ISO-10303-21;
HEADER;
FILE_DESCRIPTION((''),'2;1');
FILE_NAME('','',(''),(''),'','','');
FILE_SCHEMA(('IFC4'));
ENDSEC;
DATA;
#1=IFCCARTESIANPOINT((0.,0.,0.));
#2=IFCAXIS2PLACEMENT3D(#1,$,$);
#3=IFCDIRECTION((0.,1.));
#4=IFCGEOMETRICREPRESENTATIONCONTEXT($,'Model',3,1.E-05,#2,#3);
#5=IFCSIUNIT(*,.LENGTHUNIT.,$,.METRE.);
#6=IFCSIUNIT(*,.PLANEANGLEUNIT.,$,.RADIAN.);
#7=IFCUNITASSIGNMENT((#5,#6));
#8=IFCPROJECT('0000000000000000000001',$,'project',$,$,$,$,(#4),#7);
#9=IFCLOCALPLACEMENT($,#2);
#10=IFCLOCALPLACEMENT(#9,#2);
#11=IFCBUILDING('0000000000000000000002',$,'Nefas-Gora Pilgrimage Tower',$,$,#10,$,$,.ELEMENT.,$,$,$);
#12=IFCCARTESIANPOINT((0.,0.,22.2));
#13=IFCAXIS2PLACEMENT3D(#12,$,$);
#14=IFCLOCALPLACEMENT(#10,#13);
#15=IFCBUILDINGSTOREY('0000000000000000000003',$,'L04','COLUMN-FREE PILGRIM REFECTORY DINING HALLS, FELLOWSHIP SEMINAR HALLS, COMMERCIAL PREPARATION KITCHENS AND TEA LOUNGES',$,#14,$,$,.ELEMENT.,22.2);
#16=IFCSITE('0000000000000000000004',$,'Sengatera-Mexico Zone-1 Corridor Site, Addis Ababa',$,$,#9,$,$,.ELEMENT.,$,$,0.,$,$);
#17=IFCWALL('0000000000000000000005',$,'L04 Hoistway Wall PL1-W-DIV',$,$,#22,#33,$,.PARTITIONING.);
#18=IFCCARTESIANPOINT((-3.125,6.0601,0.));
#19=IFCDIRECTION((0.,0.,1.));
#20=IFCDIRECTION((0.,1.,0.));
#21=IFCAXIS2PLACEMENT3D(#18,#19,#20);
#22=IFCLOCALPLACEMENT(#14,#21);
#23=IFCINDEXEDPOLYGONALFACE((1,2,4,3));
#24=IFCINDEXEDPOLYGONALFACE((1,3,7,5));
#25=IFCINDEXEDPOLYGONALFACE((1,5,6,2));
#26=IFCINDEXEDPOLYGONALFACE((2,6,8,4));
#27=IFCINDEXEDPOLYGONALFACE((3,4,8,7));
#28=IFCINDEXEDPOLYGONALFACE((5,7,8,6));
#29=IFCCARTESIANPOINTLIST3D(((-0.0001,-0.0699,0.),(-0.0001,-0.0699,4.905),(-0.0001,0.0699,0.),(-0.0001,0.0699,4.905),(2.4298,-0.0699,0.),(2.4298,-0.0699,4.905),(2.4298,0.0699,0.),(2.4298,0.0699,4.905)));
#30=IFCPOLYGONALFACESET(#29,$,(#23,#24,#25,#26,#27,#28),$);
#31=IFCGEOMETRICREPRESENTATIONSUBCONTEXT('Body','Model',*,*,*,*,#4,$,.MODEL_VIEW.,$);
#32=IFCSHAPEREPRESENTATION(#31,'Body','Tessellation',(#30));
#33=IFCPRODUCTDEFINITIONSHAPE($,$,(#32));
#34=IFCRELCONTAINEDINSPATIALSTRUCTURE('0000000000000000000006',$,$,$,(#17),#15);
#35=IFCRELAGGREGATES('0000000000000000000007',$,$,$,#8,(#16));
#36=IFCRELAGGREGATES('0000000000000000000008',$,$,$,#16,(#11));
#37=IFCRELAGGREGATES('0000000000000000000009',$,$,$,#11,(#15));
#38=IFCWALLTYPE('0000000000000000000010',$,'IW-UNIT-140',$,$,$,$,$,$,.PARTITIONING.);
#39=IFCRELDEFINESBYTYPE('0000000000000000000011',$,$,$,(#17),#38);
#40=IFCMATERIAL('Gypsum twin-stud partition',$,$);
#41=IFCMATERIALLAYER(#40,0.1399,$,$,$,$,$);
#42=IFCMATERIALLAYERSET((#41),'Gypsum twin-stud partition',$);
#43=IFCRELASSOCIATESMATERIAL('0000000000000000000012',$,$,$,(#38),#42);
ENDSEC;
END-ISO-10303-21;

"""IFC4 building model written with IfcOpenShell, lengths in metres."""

from ifc_helpers import new_model, si_unit, direction, frame, frame_2d, origin, place, context, subcontext, project, spatial, rectangle, extrude, source, transform, mapped, material, layer, layer_set, type_object, element, save


model = new_model("IFC4")

# Units and contexts
model_context = context("Model", 3, precision=1e-05, world=origin(), true_north=direction((0.0, 1.0)))
body_context = subcontext(model_context, "Body", "Model", "MODEL_VIEW")
ifc_project = project(units=[si_unit("LENGTHUNIT", "METRE"), si_unit("PLANEANGLEUNIT", "RADIAN")], contexts=[model_context])

# Site, building, storey
site_placement = place(None, origin())
site = spatial("IfcSite", under=ifc_project, at=site_placement, Name="Sengatera-Mexico Zone-1 Corridor Site, Addis Ababa", CompositionType="ELEMENT", RefElevation=0.0)
building_placement = place(site_placement, origin())
building = spatial("IfcBuilding", under=site, at=building_placement, Name="Nefas-Gora Pilgrimage Tower", CompositionType="ELEMENT")
storey_placement = place(building_placement, frame((0.0, 0.0, 22.2)))
storey = spatial("IfcBuildingStorey", under=building, at=storey_placement, Name="L04", Description="COLUMN-FREE PILGRIM REFECTORY DINING HALLS, FELLOWSHIP SEMINAR HALLS, COMMERCIAL PREPARATION KITCHENS AND TEA LOUNGES", CompositionType="ELEMENT", Elevation=22.2)

# Wall
ifc_material_1 = material(Name="Gypsum twin-stud partition")
ifc_layer_1 = layer(ifc_material_1, 0.1399)
ifc_layer_set_1 = layer_set([ifc_layer_1], Name="Gypsum twin-stud partition")
wall_type_1 = type_object("IfcWallType", Name="IW-UNIT-140", PredefinedType="PARTITIONING", material=ifc_layer_set_1)
shared_shape_1 = source(origin(), body_context, "Body", "SweptSolid", [
    extrude(rectangle(XDim=2.4299, YDim=0.1399, at=frame_2d((1.2148, 0.0))), origin(), (0.0, 0.0, 1.0), 4.905),
])
wall_1_placement = place(storey_placement, frame((-3.125, 6.0601, 0.0), z_axis=(0.0, 0.0, 1.0), x_axis=(0.0, 1.0, 0.0)))
element("IfcWall", 1, at=wall_1_placement, inside=storey, type_object=wall_type_1, Name="L04 Hoistway Wall PL1-W-DIV", PredefinedType="PARTITIONING", context=body_context, shape_type="MappedRepresentation", body=[
    mapped(shared_shape_1, transform((0.0, 0.0, 0.0), x_axis=(1.0, 0.0, 0.0), y_axis=(0.0, 1.0, 0.0), z_axis=(0.0, 0.0, 1.0), scale=1.0)),
])

save(model, "model.ifc")
